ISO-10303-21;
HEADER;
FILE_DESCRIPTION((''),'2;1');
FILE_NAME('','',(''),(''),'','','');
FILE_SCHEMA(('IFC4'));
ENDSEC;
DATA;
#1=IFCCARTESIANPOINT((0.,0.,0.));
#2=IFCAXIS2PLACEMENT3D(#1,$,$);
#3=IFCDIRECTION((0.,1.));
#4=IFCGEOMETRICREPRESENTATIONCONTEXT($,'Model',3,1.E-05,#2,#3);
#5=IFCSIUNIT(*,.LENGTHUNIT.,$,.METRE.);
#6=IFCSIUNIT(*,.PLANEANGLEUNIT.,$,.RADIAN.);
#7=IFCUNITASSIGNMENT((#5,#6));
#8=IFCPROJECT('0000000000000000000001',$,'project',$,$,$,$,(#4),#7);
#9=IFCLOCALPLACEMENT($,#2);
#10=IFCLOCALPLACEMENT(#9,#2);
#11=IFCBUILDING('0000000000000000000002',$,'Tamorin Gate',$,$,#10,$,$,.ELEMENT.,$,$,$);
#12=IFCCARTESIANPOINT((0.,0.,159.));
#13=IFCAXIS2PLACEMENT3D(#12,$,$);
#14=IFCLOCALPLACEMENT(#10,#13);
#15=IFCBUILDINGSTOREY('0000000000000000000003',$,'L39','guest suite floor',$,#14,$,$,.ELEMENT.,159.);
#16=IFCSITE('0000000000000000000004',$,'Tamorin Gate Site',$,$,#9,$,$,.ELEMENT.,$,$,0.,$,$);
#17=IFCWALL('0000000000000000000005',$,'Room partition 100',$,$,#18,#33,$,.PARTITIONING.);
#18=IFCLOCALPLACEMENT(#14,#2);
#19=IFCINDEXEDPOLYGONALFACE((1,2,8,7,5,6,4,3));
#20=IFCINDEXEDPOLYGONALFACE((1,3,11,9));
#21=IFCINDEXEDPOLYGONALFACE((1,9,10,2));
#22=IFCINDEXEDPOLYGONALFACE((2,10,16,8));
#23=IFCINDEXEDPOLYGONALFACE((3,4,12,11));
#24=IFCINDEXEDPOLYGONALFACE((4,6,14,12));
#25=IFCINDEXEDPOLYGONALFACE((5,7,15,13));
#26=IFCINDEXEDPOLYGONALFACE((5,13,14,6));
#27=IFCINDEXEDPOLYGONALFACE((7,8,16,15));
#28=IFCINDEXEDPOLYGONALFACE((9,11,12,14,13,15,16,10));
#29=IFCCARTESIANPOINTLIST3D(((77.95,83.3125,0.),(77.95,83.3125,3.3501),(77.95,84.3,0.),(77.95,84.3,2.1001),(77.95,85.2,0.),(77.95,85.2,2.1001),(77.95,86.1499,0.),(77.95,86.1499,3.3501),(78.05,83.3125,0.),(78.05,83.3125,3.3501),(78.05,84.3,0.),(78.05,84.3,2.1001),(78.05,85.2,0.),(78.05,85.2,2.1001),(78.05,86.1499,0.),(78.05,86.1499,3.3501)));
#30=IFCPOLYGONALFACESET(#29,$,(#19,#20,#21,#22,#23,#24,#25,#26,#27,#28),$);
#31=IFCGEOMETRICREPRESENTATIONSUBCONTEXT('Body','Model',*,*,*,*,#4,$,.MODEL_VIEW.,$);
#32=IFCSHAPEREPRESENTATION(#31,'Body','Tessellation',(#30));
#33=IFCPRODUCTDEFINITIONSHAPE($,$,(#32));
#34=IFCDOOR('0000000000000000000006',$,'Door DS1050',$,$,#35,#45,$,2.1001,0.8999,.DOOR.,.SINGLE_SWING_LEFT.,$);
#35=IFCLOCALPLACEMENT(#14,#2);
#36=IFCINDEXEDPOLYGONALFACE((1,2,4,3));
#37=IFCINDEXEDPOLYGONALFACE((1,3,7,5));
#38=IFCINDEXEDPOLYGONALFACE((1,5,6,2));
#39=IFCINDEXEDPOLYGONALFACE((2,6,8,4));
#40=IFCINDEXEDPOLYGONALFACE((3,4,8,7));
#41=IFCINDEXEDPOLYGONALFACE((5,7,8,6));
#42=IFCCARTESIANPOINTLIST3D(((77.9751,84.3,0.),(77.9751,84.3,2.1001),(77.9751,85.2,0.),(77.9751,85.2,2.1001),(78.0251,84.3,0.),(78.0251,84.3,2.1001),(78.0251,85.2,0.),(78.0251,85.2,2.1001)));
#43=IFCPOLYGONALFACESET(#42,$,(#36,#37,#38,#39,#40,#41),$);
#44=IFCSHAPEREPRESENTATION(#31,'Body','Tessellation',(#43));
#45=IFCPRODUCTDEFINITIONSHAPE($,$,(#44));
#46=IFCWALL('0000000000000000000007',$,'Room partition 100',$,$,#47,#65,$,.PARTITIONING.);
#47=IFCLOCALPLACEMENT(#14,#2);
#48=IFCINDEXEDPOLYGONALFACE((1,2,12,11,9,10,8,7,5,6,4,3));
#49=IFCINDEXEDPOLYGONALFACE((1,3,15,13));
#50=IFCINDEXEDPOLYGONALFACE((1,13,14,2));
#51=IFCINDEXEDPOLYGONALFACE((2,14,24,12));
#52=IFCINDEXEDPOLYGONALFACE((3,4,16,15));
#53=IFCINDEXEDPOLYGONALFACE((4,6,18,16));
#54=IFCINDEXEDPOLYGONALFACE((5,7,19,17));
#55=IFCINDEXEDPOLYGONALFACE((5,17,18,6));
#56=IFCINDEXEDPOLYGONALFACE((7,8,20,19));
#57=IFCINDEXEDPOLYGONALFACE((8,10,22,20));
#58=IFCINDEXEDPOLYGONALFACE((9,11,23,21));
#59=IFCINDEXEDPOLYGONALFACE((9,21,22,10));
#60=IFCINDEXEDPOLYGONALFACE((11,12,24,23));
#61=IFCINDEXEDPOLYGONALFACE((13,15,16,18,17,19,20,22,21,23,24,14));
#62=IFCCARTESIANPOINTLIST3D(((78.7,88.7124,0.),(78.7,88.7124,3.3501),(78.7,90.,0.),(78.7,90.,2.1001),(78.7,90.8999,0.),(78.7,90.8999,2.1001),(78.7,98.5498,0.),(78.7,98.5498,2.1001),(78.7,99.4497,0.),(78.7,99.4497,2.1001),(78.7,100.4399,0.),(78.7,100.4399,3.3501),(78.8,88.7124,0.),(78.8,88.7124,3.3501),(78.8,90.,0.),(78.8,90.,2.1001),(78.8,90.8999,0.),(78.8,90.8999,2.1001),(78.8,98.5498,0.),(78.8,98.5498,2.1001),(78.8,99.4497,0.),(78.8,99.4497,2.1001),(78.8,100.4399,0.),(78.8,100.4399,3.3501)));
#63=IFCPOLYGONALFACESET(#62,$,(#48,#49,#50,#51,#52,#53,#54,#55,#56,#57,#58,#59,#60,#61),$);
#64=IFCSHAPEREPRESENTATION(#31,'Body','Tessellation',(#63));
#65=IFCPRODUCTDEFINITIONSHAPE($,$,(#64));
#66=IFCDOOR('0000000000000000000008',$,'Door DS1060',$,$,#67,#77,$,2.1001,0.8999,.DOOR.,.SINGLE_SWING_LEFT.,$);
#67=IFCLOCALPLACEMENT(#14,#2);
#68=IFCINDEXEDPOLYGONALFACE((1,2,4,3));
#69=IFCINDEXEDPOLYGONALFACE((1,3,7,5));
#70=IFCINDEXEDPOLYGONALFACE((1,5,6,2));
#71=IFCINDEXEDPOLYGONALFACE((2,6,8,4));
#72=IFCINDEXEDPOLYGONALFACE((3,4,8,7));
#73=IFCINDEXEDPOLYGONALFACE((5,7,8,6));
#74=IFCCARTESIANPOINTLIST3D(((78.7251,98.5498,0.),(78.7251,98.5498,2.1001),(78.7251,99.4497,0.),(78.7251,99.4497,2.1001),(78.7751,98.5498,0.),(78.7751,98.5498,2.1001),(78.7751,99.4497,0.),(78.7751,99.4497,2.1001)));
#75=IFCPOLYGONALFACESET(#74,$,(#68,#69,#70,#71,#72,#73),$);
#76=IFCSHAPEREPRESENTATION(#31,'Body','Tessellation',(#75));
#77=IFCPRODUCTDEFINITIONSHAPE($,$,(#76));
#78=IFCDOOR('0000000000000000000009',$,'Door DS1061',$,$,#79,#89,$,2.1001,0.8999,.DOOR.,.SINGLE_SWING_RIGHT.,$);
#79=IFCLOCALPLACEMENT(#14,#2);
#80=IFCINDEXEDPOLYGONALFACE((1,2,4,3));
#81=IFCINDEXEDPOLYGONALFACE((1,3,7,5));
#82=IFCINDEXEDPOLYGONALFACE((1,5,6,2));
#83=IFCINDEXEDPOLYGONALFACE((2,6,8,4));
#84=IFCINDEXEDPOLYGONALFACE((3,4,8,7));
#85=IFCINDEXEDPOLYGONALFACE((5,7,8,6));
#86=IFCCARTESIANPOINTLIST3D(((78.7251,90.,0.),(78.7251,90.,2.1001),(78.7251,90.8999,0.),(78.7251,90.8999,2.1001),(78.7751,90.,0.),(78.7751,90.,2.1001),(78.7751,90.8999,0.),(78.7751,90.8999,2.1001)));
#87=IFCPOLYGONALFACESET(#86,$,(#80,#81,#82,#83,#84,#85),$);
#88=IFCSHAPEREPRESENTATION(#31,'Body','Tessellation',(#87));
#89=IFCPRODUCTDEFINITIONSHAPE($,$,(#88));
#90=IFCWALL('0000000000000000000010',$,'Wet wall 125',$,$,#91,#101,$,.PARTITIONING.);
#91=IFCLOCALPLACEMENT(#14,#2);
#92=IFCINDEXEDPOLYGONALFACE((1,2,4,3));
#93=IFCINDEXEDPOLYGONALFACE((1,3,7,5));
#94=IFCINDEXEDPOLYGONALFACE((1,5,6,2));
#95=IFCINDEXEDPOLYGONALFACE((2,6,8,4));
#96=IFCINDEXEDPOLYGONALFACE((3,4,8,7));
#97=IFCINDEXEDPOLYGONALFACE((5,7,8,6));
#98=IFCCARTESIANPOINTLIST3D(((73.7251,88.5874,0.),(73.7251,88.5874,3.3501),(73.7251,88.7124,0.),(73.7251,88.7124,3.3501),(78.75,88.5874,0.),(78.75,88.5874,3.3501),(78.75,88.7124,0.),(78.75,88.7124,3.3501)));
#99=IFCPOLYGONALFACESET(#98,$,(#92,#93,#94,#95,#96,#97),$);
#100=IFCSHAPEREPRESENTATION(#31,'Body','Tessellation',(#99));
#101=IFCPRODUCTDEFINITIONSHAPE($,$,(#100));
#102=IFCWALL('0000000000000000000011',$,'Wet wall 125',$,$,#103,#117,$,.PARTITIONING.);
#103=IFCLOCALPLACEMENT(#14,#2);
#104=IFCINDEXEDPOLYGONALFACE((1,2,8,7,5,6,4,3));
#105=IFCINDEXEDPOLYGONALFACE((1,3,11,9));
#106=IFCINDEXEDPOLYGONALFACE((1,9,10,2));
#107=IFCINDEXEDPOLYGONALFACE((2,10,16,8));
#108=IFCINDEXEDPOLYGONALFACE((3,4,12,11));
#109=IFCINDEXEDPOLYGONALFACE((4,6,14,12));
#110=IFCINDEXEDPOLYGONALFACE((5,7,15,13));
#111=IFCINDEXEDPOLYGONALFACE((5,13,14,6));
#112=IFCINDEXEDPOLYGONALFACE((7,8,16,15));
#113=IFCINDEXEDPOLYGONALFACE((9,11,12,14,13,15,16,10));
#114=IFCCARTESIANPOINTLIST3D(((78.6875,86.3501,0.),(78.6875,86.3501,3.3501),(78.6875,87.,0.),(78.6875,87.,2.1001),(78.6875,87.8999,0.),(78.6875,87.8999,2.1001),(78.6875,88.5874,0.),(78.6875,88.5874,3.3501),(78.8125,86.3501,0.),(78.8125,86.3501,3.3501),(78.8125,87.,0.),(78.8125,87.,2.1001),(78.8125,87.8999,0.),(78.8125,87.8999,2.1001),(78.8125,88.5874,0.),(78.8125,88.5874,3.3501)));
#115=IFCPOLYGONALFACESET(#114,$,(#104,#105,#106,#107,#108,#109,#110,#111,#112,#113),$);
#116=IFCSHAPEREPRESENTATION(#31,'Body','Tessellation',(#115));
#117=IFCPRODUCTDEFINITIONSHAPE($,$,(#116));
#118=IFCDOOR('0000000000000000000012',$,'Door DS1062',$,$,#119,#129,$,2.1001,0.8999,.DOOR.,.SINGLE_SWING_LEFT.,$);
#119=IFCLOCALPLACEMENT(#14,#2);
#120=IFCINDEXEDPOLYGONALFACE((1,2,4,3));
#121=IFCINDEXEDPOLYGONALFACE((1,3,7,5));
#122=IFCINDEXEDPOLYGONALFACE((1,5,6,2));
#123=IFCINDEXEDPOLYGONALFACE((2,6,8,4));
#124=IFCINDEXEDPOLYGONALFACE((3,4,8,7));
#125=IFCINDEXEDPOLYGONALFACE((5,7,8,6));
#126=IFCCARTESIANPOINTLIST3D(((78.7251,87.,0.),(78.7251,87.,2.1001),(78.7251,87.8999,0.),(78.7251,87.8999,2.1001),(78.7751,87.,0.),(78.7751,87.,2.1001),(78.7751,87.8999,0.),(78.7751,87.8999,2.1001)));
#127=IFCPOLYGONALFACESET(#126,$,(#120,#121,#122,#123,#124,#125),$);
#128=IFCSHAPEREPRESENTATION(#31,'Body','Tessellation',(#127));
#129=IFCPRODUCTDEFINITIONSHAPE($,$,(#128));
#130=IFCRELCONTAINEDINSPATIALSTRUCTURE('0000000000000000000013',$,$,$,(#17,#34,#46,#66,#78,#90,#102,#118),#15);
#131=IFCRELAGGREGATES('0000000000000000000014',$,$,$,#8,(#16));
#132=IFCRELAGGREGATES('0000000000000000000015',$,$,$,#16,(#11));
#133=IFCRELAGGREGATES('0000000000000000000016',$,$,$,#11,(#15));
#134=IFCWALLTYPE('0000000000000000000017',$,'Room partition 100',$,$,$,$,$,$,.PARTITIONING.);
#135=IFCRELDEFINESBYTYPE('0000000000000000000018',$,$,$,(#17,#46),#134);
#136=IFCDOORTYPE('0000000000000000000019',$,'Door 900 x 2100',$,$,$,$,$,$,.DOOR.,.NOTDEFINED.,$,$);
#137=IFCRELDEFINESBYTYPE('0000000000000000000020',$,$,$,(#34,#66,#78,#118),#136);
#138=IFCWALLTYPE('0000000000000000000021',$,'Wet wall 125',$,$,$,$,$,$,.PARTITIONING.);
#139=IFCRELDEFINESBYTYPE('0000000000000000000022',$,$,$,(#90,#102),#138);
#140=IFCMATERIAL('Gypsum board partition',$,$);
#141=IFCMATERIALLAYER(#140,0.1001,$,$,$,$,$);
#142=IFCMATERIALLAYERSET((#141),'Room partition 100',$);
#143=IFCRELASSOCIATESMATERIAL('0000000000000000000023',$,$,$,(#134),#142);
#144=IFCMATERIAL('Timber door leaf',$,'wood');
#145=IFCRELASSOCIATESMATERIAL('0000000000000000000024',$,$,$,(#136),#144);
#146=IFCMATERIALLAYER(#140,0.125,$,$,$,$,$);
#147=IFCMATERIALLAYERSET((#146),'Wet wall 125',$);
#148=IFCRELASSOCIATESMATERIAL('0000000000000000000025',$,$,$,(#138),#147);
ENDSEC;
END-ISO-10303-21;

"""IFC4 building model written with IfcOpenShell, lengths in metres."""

from ifc_helpers import new_model, si_unit, direction, frame, frame_2d, origin, place, context, subcontext, project, spatial, rectangle, extrude, material, layer, layer_set, type_object, element, fill, save


model = new_model("IFC4")

# Units and contexts
model_context = context("Model", 3, precision=1e-05, world=origin(), true_north=direction((0.0, 1.0)))
body_context = subcontext(model_context, "Body", "Model", "MODEL_VIEW")
ifc_project = project(units=[si_unit("LENGTHUNIT", "METRE"), si_unit("PLANEANGLEUNIT", "RADIAN")], contexts=[model_context])

# Site, building, storey
site_placement = place(None, origin())
site = spatial("IfcSite", under=ifc_project, at=site_placement, Name="Tamorin Gate Site", CompositionType="ELEMENT", RefElevation=0.0)
building_placement = place(site_placement, origin())
building = spatial("IfcBuilding", under=site, at=building_placement, Name="Tamorin Gate", CompositionType="ELEMENT")
storey_placement = place(building_placement, frame((0.0, 0.0, 159.0)))
storey = spatial("IfcBuildingStorey", under=building, at=storey_placement, Name="L39", Description="guest suite floor", CompositionType="ELEMENT", Elevation=159.0)

# Shared definitions
ifc_material_1 = material(Name="Gypsum board partition")

# Wall, opening, door
ifc_layer_1 = layer(ifc_material_1, 0.1001)
ifc_layer_set_1 = layer_set([ifc_layer_1], Name="Room partition 100")
wall_type_1 = type_object("IfcWallType", Name="Room partition 100", PredefinedType="PARTITIONING", material=ifc_layer_set_1)
wall_1_placement = place(storey_placement, frame((78.0, 83.3125, 0.0), z_axis=(0.0, 0.0, 1.0), x_axis=(0.0, 1.0, 0.0)))
wall_1 = element("IfcWall", 1, at=wall_1_placement, inside=storey, type_object=wall_type_1, Name="Room partition 100", PredefinedType="PARTITIONING", context=body_context, shape_type="SweptSolid", body=[
    extrude(rectangle(XDim=2.8374, YDim=0.1001, at=frame_2d((1.4187, 0.0))), origin(), (0.0, 0.0, 1.0), 3.3501),
])
opening_1_placement = place(wall_1_placement, frame((0.9875, 0.0, 0.0)))
opening_1 = element("IfcOpeningElement", 2, at=opening_1_placement, cuts=wall_1, PredefinedType="OPENING", context=body_context, shape_type="SweptSolid", body=[
    extrude(rectangle(XDim=0.8999, YDim=2.1001, at=frame_2d((0.45, 1.05))), frame((0.0, 0.0601, 0.0), z_axis=(0.0, -1.0, 0.0), x_axis=(1.0, 0.0, 0.0)), (0.0, 0.0, 1.0), 0.1201),
])
ifc_material_2 = material(Name="Timber door leaf", Category="wood")
door_type = type_object("IfcDoorType", Name="Door 900 x 2100", OperationType="NOTDEFINED", PredefinedType="DOOR", material=ifc_material_2)
door_1_placement = place(opening_1_placement, origin())
door_1 = element("IfcDoor", 3, at=door_1_placement, inside=storey, type_object=door_type, Name="Door DS1050", OperationType="SINGLE_SWING_LEFT", OverallHeight=2.1001, OverallWidth=0.8999, PredefinedType="DOOR", context=body_context, shape_type="SweptSolid", body=[
    extrude(rectangle(XDim=0.8999, YDim=2.1001, at=frame_2d((0.45, 1.05))), frame((0.0, 0.0249, 0.0), z_axis=(0.0, -1.0, 0.0), x_axis=(1.0, 0.0, 0.0)), (0.0, 0.0, 1.0), 0.05),
])
fill(opening_1, door_1)

# Wall, openings, doors
wall_2_placement = place(storey_placement, frame((78.75, 88.7124, 0.0), z_axis=(0.0, 0.0, 1.0), x_axis=(0.0, 1.0, 0.0)))
wall_2 = element("IfcWall", 4, at=wall_2_placement, inside=storey, type_object=wall_type_1, Name="Room partition 100", PredefinedType="PARTITIONING", context=body_context, shape_type="SweptSolid", body=[
    extrude(rectangle(XDim=11.7275, YDim=0.1001, at=frame_2d((5.8638, 0.0))), origin(), (0.0, 0.0, 1.0), 3.3501),
])
opening_2_placement = place(wall_2_placement, frame((9.8374, 0.0, 0.0)))
opening_2 = element("IfcOpeningElement", 5, at=opening_2_placement, cuts=wall_2, PredefinedType="OPENING", context=body_context, shape_type="SweptSolid", body=[
    extrude(rectangle(XDim=0.8999, YDim=2.1001, at=frame_2d((0.45, 1.05))), frame((0.0, 0.0601, 0.0), z_axis=(0.0, -1.0, 0.0), x_axis=(1.0, 0.0, 0.0)), (0.0, 0.0, 1.0), 0.1201),
])
opening_3_placement = place(wall_2_placement, frame((1.2876, 0.0, 0.0)))
opening_3 = element("IfcOpeningElement", 6, at=opening_3_placement, cuts=wall_2, PredefinedType="OPENING", context=body_context, shape_type="SweptSolid", body=[
    extrude(rectangle(XDim=0.8999, YDim=2.1001, at=frame_2d((0.45, 1.05))), frame((0.0, 0.0601, 0.0), z_axis=(0.0, -1.0, 0.0), x_axis=(1.0, 0.0, 0.0)), (0.0, 0.0, 1.0), 0.1201),
])
door_2_placement = place(opening_2_placement, origin())
door_2 = element("IfcDoor", 7, at=door_2_placement, inside=storey, type_object=door_type, Name="Door DS1060", OperationType="SINGLE_SWING_LEFT", OverallHeight=2.1001, OverallWidth=0.8999, PredefinedType="DOOR", context=body_context, shape_type="SweptSolid", body=[
    extrude(rectangle(XDim=0.8999, YDim=2.1001, at=frame_2d((0.45, 1.05))), frame((0.0, 0.0249, 0.0), z_axis=(0.0, -1.0, 0.0), x_axis=(1.0, 0.0, 0.0)), (0.0, 0.0, 1.0), 0.05),
])
fill(opening_2, door_2)
door_3_placement = place(opening_3_placement, origin())
door_3 = element("IfcDoor", 8, at=door_3_placement, inside=storey, type_object=door_type, Name="Door DS1061", OperationType="SINGLE_SWING_RIGHT", OverallHeight=2.1001, OverallWidth=0.8999, PredefinedType="DOOR", context=body_context, shape_type="SweptSolid", body=[
    extrude(rectangle(XDim=0.8999, YDim=2.1001, at=frame_2d((0.45, 1.05))), frame((0.0, 0.0249, 0.0), z_axis=(0.0, -1.0, 0.0), x_axis=(1.0, 0.0, 0.0)), (0.0, 0.0, 1.0), 0.05),
])
fill(opening_3, door_3)

# Wall
ifc_layer_2 = layer(ifc_material_1, 0.125)
ifc_layer_set_2 = layer_set([ifc_layer_2], Name="Wet wall 125")
wall_type_2 = type_object("IfcWallType", Name="Wet wall 125", PredefinedType="PARTITIONING", material=ifc_layer_set_2)
wall_3_placement = place(storey_placement, frame((73.7251, 88.6499, 0.0), z_axis=(0.0, 0.0, 1.0), x_axis=(1.0, 0.0, 0.0)))
element("IfcWall", 9, at=wall_3_placement, inside=storey, type_object=wall_type_2, Name="Wet wall 125", PredefinedType="PARTITIONING", context=body_context, shape_type="SweptSolid", body=[
    extrude(rectangle(XDim=5.0249, YDim=0.125, at=frame_2d((2.5125, 0.0))), origin(), (0.0, 0.0, 1.0), 3.3501),
])

# Wall, opening, door
wall_4_placement = place(storey_placement, frame((78.75, 86.3501, 0.0), z_axis=(0.0, 0.0, 1.0), x_axis=(0.0, 1.0, 0.0)))
wall_4 = element("IfcWall", 10, at=wall_4_placement, inside=storey, type_object=wall_type_2, Name="Wet wall 125", PredefinedType="PARTITIONING", context=body_context, shape_type="SweptSolid", body=[
    extrude(rectangle(XDim=2.2373, YDim=0.125, at=frame_2d((1.1187, 0.0))), origin(), (0.0, 0.0, 1.0), 3.3501),
])
opening_4_placement = place(wall_4_placement, frame((0.6499, 0.0, 0.0)))
opening_4 = element("IfcOpeningElement", 11, at=opening_4_placement, cuts=wall_4, PredefinedType="OPENING", context=body_context, shape_type="SweptSolid", body=[
    extrude(rectangle(XDim=0.8999, YDim=2.1001, at=frame_2d((0.45, 1.05))), frame((0.0, 0.0725, 0.0), z_axis=(0.0, -1.0, 0.0), x_axis=(1.0, 0.0, 0.0)), (0.0, 0.0, 1.0), 0.145),
])
door_4_placement = place(opening_4_placement, origin())
door_4 = element("IfcDoor", 12, at=door_4_placement, inside=storey, type_object=door_type, Name="Door DS1062", OperationType="SINGLE_SWING_LEFT", OverallHeight=2.1001, OverallWidth=0.8999, PredefinedType="DOOR", context=body_context, shape_type="SweptSolid", body=[
    extrude(rectangle(XDim=0.8999, YDim=2.1001, at=frame_2d((0.45, 1.05))), frame((0.0, 0.0249, 0.0), z_axis=(0.0, -1.0, 0.0), x_axis=(1.0, 0.0, 0.0)), (0.0, 0.0, 1.0), 0.05),
])
fill(opening_4, door_4)

save(model, "model.ifc")
